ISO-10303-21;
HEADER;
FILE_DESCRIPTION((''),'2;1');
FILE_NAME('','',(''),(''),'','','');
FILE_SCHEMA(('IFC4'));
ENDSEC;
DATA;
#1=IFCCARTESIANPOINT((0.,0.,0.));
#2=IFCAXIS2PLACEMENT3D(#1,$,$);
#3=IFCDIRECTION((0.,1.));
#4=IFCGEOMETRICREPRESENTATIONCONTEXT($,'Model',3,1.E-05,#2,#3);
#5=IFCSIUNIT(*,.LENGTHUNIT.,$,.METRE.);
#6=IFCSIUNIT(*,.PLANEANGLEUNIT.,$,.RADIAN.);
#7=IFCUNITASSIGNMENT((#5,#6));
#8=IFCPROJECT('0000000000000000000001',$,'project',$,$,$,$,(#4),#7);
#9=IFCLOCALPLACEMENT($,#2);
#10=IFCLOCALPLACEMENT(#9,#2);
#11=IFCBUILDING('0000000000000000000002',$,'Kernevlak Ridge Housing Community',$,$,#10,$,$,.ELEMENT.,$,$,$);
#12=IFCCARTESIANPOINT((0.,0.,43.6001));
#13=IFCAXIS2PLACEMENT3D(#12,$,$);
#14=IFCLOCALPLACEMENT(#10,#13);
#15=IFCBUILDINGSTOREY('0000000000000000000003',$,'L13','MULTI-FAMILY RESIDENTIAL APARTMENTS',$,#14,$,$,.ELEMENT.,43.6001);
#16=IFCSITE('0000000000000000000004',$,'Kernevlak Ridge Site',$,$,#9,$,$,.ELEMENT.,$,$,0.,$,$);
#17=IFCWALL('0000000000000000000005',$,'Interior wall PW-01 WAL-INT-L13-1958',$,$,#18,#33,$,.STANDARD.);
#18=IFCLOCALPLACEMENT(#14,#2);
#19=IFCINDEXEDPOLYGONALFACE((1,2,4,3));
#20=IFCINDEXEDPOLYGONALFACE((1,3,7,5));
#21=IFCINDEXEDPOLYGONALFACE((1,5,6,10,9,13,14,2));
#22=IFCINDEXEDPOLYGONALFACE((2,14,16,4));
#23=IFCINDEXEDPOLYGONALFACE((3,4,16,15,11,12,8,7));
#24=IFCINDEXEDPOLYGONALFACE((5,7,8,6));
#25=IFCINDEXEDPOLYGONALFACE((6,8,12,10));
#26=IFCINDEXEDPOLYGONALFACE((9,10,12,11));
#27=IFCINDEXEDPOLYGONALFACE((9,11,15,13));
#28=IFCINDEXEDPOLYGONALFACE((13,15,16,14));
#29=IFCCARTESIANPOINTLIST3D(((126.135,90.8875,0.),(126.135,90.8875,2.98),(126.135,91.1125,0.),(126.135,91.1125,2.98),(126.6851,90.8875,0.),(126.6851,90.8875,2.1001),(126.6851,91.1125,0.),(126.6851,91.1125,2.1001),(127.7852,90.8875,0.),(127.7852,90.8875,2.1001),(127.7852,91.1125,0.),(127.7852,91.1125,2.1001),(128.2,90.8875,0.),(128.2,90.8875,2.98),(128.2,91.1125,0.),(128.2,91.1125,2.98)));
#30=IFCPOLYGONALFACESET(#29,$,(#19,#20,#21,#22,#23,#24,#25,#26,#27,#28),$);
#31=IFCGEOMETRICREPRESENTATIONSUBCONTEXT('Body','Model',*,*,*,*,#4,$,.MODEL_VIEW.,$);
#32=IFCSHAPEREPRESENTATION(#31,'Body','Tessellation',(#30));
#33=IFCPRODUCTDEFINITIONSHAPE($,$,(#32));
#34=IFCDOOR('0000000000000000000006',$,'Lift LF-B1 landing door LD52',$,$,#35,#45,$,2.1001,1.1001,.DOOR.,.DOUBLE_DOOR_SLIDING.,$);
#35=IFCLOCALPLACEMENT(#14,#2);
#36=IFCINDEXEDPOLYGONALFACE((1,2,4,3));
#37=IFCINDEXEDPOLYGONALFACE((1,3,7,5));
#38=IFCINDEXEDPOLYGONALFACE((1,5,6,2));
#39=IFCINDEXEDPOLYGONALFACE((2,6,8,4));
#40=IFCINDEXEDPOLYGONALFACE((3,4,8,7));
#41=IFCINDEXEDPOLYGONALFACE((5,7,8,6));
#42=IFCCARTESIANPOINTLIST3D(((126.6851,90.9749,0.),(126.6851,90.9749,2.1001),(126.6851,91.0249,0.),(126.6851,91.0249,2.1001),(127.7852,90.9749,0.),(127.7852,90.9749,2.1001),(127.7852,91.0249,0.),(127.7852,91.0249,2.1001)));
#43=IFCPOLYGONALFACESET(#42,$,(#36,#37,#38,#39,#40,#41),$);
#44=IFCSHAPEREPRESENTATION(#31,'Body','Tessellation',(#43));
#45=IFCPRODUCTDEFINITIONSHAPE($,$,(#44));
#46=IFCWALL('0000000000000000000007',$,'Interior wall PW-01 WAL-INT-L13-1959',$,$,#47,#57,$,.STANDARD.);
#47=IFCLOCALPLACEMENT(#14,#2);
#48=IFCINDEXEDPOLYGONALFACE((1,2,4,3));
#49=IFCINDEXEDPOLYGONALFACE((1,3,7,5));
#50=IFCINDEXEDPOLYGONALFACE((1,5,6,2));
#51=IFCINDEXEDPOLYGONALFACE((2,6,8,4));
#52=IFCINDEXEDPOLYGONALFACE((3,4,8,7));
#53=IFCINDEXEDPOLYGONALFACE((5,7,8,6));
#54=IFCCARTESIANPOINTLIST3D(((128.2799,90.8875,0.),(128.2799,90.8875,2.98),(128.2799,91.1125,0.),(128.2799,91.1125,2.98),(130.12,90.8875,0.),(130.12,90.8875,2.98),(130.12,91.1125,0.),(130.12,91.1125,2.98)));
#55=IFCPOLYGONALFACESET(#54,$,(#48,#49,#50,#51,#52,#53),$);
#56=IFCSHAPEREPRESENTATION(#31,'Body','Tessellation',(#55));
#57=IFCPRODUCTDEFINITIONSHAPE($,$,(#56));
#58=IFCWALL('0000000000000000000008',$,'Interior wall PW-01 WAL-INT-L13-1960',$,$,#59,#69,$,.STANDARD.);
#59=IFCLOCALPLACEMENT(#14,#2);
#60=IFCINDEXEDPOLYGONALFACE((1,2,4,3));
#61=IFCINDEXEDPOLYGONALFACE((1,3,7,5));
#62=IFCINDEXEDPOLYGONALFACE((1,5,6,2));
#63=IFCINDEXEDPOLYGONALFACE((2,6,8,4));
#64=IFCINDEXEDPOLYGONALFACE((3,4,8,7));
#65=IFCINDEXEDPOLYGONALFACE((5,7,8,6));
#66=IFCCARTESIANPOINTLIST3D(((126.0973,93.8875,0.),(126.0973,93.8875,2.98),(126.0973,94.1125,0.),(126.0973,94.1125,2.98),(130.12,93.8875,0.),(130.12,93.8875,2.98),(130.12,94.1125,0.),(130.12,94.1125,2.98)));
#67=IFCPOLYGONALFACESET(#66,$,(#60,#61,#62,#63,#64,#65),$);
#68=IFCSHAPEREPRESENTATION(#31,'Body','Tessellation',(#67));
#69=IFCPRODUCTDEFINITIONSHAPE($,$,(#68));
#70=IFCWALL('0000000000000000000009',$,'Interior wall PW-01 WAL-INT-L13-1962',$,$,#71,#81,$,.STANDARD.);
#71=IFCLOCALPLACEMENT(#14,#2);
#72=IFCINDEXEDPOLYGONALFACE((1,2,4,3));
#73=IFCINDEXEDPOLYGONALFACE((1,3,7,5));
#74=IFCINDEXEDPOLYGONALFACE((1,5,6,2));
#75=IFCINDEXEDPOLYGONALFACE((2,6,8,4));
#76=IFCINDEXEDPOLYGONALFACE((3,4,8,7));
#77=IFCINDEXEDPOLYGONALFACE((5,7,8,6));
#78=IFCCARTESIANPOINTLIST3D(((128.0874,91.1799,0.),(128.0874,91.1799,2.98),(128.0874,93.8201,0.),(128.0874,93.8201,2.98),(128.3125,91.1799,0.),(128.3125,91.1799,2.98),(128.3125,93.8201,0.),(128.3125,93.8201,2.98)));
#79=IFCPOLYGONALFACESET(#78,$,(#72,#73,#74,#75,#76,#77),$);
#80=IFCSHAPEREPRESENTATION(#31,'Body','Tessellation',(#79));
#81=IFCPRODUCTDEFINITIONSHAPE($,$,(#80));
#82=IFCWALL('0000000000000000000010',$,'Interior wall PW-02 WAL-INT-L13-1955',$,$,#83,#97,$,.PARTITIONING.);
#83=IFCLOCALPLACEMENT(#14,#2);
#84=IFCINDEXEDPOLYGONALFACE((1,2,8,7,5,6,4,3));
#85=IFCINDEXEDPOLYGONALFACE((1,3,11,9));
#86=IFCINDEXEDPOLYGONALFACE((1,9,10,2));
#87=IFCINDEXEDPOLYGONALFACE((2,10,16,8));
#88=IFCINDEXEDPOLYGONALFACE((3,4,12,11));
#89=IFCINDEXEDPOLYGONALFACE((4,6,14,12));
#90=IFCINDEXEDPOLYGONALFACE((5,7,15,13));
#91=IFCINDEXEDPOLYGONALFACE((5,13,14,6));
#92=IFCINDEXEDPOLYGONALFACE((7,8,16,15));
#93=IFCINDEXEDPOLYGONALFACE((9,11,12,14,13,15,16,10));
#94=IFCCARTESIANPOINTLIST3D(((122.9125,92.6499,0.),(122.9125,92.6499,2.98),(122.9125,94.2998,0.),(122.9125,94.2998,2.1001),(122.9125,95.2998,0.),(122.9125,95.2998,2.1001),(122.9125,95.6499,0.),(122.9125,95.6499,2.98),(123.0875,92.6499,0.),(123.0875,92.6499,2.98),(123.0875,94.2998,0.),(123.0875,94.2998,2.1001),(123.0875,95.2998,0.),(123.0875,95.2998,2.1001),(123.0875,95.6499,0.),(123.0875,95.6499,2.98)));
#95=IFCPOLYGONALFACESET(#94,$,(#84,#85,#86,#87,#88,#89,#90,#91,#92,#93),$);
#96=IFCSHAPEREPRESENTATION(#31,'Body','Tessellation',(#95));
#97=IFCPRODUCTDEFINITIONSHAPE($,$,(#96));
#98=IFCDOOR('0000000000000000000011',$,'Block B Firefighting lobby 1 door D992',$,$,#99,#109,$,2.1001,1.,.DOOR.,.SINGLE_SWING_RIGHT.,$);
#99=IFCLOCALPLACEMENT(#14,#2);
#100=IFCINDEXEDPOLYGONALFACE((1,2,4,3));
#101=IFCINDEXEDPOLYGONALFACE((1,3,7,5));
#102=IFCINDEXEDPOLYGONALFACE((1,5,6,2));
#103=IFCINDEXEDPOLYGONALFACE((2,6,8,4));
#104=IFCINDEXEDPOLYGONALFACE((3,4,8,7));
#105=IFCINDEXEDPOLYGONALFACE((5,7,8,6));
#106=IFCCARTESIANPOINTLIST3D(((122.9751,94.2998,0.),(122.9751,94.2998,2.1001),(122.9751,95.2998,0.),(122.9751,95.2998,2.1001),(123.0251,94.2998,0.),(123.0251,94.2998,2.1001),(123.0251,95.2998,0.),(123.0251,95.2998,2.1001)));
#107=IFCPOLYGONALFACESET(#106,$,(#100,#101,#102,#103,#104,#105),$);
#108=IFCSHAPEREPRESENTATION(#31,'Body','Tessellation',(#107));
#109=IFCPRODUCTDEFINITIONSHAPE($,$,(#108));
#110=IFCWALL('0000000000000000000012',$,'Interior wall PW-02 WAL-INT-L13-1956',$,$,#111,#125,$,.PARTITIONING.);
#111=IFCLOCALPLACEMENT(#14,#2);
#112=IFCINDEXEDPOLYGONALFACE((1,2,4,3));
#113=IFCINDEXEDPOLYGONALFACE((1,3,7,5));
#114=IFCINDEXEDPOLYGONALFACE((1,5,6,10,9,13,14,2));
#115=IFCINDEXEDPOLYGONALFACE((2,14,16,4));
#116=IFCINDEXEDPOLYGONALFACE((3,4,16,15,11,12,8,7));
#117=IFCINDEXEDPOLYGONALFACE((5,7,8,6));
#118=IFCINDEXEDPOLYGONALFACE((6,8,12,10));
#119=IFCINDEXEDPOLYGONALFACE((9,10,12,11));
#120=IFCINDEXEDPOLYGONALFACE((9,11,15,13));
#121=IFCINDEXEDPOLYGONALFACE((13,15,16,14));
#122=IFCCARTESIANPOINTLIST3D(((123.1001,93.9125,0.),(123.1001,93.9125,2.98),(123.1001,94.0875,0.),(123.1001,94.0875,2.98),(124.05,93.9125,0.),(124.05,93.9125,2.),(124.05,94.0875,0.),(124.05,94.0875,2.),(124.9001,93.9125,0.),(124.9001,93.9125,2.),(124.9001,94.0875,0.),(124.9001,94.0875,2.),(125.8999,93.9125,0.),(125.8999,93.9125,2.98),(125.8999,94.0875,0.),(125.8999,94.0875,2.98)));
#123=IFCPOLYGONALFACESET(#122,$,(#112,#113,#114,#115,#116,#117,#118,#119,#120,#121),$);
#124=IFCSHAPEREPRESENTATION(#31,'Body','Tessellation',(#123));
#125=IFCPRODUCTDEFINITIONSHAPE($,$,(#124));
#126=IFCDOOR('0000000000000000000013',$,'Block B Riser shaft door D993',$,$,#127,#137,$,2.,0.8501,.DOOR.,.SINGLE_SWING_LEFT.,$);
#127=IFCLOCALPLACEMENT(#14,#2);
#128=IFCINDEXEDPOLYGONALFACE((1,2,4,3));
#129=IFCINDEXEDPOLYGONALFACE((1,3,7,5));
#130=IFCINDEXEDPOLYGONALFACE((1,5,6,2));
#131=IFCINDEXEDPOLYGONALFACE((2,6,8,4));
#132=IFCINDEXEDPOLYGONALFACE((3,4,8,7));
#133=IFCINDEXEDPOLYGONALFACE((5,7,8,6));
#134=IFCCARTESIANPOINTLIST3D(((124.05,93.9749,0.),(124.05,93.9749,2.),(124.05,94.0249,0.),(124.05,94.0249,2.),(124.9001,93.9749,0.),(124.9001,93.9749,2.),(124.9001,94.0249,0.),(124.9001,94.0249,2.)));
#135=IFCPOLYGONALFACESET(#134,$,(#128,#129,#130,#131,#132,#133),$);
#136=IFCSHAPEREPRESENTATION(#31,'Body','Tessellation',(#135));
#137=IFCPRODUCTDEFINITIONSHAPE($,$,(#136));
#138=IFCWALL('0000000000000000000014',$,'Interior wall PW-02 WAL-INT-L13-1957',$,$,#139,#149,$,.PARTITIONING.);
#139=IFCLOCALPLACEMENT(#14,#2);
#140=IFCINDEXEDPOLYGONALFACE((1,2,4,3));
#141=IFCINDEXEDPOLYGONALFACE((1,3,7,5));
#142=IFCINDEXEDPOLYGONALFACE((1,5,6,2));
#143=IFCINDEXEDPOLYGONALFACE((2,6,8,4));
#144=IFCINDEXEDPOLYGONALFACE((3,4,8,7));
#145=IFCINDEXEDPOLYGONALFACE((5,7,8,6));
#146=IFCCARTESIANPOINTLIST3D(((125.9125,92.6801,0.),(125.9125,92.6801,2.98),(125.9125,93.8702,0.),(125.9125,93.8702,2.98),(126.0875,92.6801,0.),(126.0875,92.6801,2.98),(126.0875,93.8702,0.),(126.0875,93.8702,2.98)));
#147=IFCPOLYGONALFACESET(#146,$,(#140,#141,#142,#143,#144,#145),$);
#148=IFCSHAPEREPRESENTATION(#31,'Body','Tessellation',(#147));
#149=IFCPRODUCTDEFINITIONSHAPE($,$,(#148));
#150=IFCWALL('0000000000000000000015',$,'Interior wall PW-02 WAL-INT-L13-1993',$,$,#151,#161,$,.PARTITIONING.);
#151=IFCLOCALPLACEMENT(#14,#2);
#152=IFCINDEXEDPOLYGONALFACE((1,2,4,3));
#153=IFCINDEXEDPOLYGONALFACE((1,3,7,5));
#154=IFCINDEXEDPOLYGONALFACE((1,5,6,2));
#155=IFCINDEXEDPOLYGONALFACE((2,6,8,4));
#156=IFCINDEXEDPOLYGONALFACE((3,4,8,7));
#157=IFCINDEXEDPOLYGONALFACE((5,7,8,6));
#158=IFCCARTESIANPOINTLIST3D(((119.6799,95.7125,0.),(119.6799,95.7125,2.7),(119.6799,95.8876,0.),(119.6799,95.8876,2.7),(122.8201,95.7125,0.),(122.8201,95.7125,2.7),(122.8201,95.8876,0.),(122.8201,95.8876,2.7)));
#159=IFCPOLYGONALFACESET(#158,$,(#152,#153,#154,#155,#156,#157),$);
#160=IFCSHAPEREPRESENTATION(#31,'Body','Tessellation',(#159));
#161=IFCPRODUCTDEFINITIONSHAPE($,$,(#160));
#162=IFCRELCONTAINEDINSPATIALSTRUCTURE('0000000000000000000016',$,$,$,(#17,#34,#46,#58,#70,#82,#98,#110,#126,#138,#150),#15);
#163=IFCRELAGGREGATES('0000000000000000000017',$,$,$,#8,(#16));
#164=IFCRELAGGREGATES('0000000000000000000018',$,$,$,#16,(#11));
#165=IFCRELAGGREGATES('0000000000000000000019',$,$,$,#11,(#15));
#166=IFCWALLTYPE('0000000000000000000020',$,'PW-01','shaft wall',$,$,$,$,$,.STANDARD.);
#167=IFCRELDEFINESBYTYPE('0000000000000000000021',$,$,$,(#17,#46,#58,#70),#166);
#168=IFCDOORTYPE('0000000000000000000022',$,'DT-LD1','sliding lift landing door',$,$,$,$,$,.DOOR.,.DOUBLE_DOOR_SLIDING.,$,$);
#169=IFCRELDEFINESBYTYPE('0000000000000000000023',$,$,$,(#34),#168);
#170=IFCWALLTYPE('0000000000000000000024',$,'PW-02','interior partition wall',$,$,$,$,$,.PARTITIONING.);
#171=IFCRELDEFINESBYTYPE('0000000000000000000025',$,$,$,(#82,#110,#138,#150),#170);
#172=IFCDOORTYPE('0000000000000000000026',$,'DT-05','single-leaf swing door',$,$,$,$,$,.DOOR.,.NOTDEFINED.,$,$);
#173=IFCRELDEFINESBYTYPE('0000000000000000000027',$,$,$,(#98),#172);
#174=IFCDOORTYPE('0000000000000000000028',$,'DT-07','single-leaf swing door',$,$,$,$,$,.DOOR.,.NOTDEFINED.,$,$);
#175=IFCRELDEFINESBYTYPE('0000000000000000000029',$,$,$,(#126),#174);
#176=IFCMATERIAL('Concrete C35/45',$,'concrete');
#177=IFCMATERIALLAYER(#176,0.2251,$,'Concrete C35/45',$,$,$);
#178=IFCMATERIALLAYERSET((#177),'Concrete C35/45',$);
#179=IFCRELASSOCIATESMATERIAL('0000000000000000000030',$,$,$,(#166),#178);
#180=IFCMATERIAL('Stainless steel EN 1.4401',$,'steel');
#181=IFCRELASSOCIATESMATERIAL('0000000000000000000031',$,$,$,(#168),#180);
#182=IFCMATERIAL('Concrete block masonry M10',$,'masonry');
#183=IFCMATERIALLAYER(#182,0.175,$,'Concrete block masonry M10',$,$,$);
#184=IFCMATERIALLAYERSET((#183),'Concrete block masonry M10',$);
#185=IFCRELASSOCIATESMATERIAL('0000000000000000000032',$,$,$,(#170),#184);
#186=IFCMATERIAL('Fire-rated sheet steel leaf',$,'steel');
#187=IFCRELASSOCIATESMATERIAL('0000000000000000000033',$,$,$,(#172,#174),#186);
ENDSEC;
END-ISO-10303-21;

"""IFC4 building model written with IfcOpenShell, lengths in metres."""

from ifc_helpers import new_model, si_unit, direction, frame, frame_2d, origin, place, context, subcontext, project, spatial, rectangle, extrude, material, layer, layer_set, type_object, element, fill, save


model = new_model("IFC4")

# Units and contexts
model_context = context("Model", 3, precision=1e-05, world=origin(), true_north=direction((0.0, 1.0)))
body_context = subcontext(model_context, "Body", "Model", "MODEL_VIEW")
ifc_project = project(units=[si_unit("LENGTHUNIT", "METRE"), si_unit("PLANEANGLEUNIT", "RADIAN")], contexts=[model_context])

# Site, building, storey
site_placement = place(None, origin())
site = spatial("IfcSite", under=ifc_project, at=site_placement, Name="Kernevlak Ridge Site", CompositionType="ELEMENT", RefElevation=0.0)
building_placement = place(site_placement, origin())
building = spatial("IfcBuilding", under=site, at=building_placement, Name="Kernevlak Ridge Housing Community", CompositionType="ELEMENT")
storey_placement = place(building_placement, frame((0.0, 0.0, 43.6001)))
storey = spatial("IfcBuildingStorey", under=building, at=storey_placement, Name="L13", Description="MULTI-FAMILY RESIDENTIAL APARTMENTS", CompositionType="ELEMENT", Elevation=43.6001)

# Shared definitions
ifc_material_1 = material(Name="Concrete C35/45", Category="concrete")

# Wall, opening, door
ifc_layer_1 = layer(ifc_material_1, 0.2251, Name="Concrete C35/45")
ifc_layer_set_1 = layer_set([ifc_layer_1], Name="Concrete C35/45")
wall_type_1 = type_object("IfcWallType", Name="PW-01", Description="shaft wall", PredefinedType="STANDARD", material=ifc_layer_set_1)
ifc_material_2 = material(Name="Fire-rated sheet steel leaf", Category="steel")
wall_1_placement = place(storey_placement, frame((126.135, 91.0, 0.0), z_axis=(0.0, 0.0, 1.0), x_axis=(1.0, 0.0, 0.0)))
wall_1 = element("IfcWall", 1, at=wall_1_placement, inside=storey, type_object=wall_type_1, Name="Interior wall PW-01 WAL-INT-L13-1958", PredefinedType="STANDARD", context=body_context, shape_type="SweptSolid", body=[
    extrude(rectangle(XDim=2.0649, YDim=0.2251, at=frame_2d((1.0325, 0.0))), origin(), (0.0, 0.0, 1.0), 2.98),
])
opening_1_placement = place(wall_1_placement, frame((0.55, 0.0, 0.0)))
opening_1 = element("IfcOpeningElement", 2, at=opening_1_placement, cuts=wall_1, PredefinedType="OPENING", context=body_context, shape_type="SweptSolid", body=[
    extrude(rectangle(XDim=1.1001, YDim=2.1001, at=frame_2d((0.55, 1.05))), frame((0.0, 0.1226, 0.0), z_axis=(0.0, -1.0, 0.0), x_axis=(1.0, 0.0, 0.0)), (0.0, 0.0, 1.0), 0.2451),
])
ifc_material_3 = material(Name="Stainless steel EN 1.4401", Category="steel")
door_type_1 = type_object("IfcDoorType", Name="DT-LD1", Description="sliding lift landing door", OperationType="DOUBLE_DOOR_SLIDING", PredefinedType="DOOR", material=ifc_material_3)
door_1_placement = place(opening_1_placement, origin())
door_1 = element("IfcDoor", 3, at=door_1_placement, inside=storey, type_object=door_type_1, Name="Lift LF-B1 landing door LD52", OperationType="DOUBLE_DOOR_SLIDING", OverallHeight=2.1001, OverallWidth=1.1001, PredefinedType="DOOR", context=body_context, shape_type="SweptSolid", body=[
    extrude(rectangle(XDim=1.1001, YDim=2.1001, at=frame_2d((0.55, 1.05))), frame((0.0, 0.0249, 0.0), z_axis=(0.0, -1.0, 0.0), x_axis=(1.0, 0.0, 0.0)), (0.0, 0.0, 1.0), 0.05),
])
fill(opening_1, door_1)

# Walls
wall_2_placement = place(storey_placement, frame((128.28, 91.0, 0.0), z_axis=(0.0, 0.0, 1.0), x_axis=(1.0, 0.0, 0.0)))
element("IfcWall", 4, at=wall_2_placement, inside=storey, type_object=wall_type_1, Name="Interior wall PW-01 WAL-INT-L13-1959", PredefinedType="STANDARD", context=body_context, shape_type="SweptSolid", body=[
    extrude(rectangle(XDim=1.8401, YDim=0.2251, at=frame_2d((0.9199, 0.0))), origin(), (0.0, 0.0, 1.0), 2.98),
])
wall_3_placement = place(storey_placement, frame((126.0974, 94.0, 0.0), z_axis=(0.0, 0.0, 1.0), x_axis=(1.0, 0.0, 0.0)))
element("IfcWall", 5, at=wall_3_placement, inside=storey, type_object=wall_type_1, Name="Interior wall PW-01 WAL-INT-L13-1960", PredefinedType="STANDARD", context=body_context, shape_type="SweptSolid", body=[
    extrude(rectangle(XDim=4.0227, YDim=0.2251, at=frame_2d((2.0112, 0.0))), origin(), (0.0, 0.0, 1.0), 2.98),
])
wall_4_placement = place(storey_placement, frame((128.2, 91.1799, 0.0), z_axis=(0.0, 0.0, 1.0), x_axis=(0.0, 1.0, 0.0)))
element("IfcWall", 6, at=wall_4_placement, inside=storey, type_object=wall_type_1, Name="Interior wall PW-01 WAL-INT-L13-1962", PredefinedType="STANDARD", context=body_context, shape_type="SweptSolid", body=[
    extrude(rectangle(XDim=2.6401, YDim=0.2251, at=frame_2d((1.3201, 0.0))), origin(), (0.0, 0.0, 1.0), 2.98),
])

# Walls, openings, doors
ifc_material_4 = material(Name="Concrete block masonry M10", Category="masonry")
ifc_layer_2 = layer(ifc_material_4, 0.175, Name="Concrete block masonry M10")
ifc_layer_set_2 = layer_set([ifc_layer_2], Name="Concrete block masonry M10")
wall_type_2 = type_object("IfcWallType", Name="PW-02", Description="interior partition wall", PredefinedType="PARTITIONING", material=ifc_layer_set_2)
wall_5_placement = place(storey_placement, frame((123.0, 92.6499, 0.0), z_axis=(0.0, 0.0, 1.0), x_axis=(0.0, 1.0, 0.0)))
wall_5 = element("IfcWall", 7, at=wall_5_placement, inside=storey, type_object=wall_type_2, Name="Interior wall PW-02 WAL-INT-L13-1955", PredefinedType="PARTITIONING", context=body_context, shape_type="SweptSolid", body=[
    extrude(rectangle(XDim=3.0, YDim=0.175, at=frame_2d((1.5, 0.0))), origin(), (0.0, 0.0, 1.0), 2.98),
])
opening_2_placement = place(wall_5_placement, frame((1.6499, 0.0, 0.0)))
opening_2 = element("IfcOpeningElement", 8, at=opening_2_placement, cuts=wall_5, PredefinedType="OPENING", context=body_context, shape_type="SweptSolid", body=[
    extrude(rectangle(XDim=1.0, YDim=2.1001, at=frame_2d((0.5, 1.05))), frame((0.0, 0.0974, 0.0), z_axis=(0.0, -1.0, 0.0), x_axis=(1.0, 0.0, 0.0)), (0.0, 0.0, 1.0), 0.1951),
])
door_type_2 = type_object("IfcDoorType", Name="DT-05", Description="single-leaf swing door", OperationType="NOTDEFINED", PredefinedType="DOOR", material=ifc_material_2)
door_2_placement = place(opening_2_placement, origin())
door_2 = element("IfcDoor", 9, at=door_2_placement, inside=storey, type_object=door_type_2, Name="Block B Firefighting lobby 1 door D992", OperationType="SINGLE_SWING_RIGHT", OverallHeight=2.1001, OverallWidth=1.0, PredefinedType="DOOR", context=body_context, shape_type="SweptSolid", body=[
    extrude(rectangle(XDim=1.0, YDim=2.1001, at=frame_2d((0.5, 1.05))), frame((0.0, 0.0249, 0.0), z_axis=(0.0, -1.0, 0.0), x_axis=(1.0, 0.0, 0.0)), (0.0, 0.0, 1.0), 0.05),
])
fill(opening_2, door_2)
wall_6_placement = place(storey_placement, frame((123.1001, 94.0, 0.0), z_axis=(0.0, 0.0, 1.0), x_axis=(1.0, 0.0, 0.0)))
wall_6 = element("IfcWall", 10, at=wall_6_placement, inside=storey, type_object=wall_type_2, Name="Interior wall PW-02 WAL-INT-L13-1956", PredefinedType="PARTITIONING", context=body_context, shape_type="SweptSolid", body=[
    extrude(rectangle(XDim=2.7998, YDim=0.175, at=frame_2d((1.3999, 0.0))), origin(), (0.0, 0.0, 1.0), 2.98),
])
opening_3_placement = place(wall_6_placement, frame((0.95, 0.0, 0.0)))
opening_3 = element("IfcOpeningElement", 11, at=opening_3_placement, cuts=wall_6, PredefinedType="OPENING", context=body_context, shape_type="SweptSolid", body=[
    extrude(rectangle(XDim=0.8501, YDim=2.0, at=frame_2d((0.425, 1.0))), frame((0.0, 0.0974, 0.0), z_axis=(0.0, -1.0, 0.0), x_axis=(1.0, 0.0, 0.0)), (0.0, 0.0, 1.0), 0.1951),
])
door_type_3 = type_object("IfcDoorType", Name="DT-07", Description="single-leaf swing door", OperationType="NOTDEFINED", PredefinedType="DOOR", material=ifc_material_2)
door_3_placement = place(opening_3_placement, origin())
door_3 = element("IfcDoor", 12, at=door_3_placement, inside=storey, type_object=door_type_3, Name="Block B Riser shaft door D993", OperationType="SINGLE_SWING_LEFT", OverallHeight=2.0, OverallWidth=0.8501, PredefinedType="DOOR", context=body_context, shape_type="SweptSolid", body=[
    extrude(rectangle(XDim=0.8501, YDim=2.0, at=frame_2d((0.425, 1.0))), frame((0.0, 0.0249, 0.0), z_axis=(0.0, -1.0, 0.0), x_axis=(1.0, 0.0, 0.0)), (0.0, 0.0, 1.0), 0.05),
])
fill(opening_3, door_3)

# Walls
wall_7_placement = place(storey_placement, frame((126.0, 92.6799, 0.0), z_axis=(0.0, 0.0, 1.0), x_axis=(0.0, 1.0, 0.0)))
element("IfcWall", 13, at=wall_7_placement, inside=storey, type_object=wall_type_2, Name="Interior wall PW-02 WAL-INT-L13-1957", PredefinedType="PARTITIONING", context=body_context, shape_type="SweptSolid", body=[
    extrude(rectangle(XDim=1.1902, YDim=0.175, at=frame_2d((0.5952, 0.0))), origin(), (0.0, 0.0, 1.0), 2.98),
])
wall_8_placement = place(storey_placement, frame((119.6799, 95.8, 0.0), z_axis=(0.0, 0.0, 1.0), x_axis=(1.0, 0.0, 0.0)))
element("IfcWall", 14, at=wall_8_placement, inside=storey, type_object=wall_type_2, Name="Interior wall PW-02 WAL-INT-L13-1993", PredefinedType="PARTITIONING", context=body_context, shape_type="SweptSolid", body=[
    extrude(rectangle(XDim=3.1401, YDim=0.175, at=frame_2d((1.5701, 0.0))), origin(), (0.0, 0.0, 1.0), 2.7),
])

save(model, "model.ifc")
